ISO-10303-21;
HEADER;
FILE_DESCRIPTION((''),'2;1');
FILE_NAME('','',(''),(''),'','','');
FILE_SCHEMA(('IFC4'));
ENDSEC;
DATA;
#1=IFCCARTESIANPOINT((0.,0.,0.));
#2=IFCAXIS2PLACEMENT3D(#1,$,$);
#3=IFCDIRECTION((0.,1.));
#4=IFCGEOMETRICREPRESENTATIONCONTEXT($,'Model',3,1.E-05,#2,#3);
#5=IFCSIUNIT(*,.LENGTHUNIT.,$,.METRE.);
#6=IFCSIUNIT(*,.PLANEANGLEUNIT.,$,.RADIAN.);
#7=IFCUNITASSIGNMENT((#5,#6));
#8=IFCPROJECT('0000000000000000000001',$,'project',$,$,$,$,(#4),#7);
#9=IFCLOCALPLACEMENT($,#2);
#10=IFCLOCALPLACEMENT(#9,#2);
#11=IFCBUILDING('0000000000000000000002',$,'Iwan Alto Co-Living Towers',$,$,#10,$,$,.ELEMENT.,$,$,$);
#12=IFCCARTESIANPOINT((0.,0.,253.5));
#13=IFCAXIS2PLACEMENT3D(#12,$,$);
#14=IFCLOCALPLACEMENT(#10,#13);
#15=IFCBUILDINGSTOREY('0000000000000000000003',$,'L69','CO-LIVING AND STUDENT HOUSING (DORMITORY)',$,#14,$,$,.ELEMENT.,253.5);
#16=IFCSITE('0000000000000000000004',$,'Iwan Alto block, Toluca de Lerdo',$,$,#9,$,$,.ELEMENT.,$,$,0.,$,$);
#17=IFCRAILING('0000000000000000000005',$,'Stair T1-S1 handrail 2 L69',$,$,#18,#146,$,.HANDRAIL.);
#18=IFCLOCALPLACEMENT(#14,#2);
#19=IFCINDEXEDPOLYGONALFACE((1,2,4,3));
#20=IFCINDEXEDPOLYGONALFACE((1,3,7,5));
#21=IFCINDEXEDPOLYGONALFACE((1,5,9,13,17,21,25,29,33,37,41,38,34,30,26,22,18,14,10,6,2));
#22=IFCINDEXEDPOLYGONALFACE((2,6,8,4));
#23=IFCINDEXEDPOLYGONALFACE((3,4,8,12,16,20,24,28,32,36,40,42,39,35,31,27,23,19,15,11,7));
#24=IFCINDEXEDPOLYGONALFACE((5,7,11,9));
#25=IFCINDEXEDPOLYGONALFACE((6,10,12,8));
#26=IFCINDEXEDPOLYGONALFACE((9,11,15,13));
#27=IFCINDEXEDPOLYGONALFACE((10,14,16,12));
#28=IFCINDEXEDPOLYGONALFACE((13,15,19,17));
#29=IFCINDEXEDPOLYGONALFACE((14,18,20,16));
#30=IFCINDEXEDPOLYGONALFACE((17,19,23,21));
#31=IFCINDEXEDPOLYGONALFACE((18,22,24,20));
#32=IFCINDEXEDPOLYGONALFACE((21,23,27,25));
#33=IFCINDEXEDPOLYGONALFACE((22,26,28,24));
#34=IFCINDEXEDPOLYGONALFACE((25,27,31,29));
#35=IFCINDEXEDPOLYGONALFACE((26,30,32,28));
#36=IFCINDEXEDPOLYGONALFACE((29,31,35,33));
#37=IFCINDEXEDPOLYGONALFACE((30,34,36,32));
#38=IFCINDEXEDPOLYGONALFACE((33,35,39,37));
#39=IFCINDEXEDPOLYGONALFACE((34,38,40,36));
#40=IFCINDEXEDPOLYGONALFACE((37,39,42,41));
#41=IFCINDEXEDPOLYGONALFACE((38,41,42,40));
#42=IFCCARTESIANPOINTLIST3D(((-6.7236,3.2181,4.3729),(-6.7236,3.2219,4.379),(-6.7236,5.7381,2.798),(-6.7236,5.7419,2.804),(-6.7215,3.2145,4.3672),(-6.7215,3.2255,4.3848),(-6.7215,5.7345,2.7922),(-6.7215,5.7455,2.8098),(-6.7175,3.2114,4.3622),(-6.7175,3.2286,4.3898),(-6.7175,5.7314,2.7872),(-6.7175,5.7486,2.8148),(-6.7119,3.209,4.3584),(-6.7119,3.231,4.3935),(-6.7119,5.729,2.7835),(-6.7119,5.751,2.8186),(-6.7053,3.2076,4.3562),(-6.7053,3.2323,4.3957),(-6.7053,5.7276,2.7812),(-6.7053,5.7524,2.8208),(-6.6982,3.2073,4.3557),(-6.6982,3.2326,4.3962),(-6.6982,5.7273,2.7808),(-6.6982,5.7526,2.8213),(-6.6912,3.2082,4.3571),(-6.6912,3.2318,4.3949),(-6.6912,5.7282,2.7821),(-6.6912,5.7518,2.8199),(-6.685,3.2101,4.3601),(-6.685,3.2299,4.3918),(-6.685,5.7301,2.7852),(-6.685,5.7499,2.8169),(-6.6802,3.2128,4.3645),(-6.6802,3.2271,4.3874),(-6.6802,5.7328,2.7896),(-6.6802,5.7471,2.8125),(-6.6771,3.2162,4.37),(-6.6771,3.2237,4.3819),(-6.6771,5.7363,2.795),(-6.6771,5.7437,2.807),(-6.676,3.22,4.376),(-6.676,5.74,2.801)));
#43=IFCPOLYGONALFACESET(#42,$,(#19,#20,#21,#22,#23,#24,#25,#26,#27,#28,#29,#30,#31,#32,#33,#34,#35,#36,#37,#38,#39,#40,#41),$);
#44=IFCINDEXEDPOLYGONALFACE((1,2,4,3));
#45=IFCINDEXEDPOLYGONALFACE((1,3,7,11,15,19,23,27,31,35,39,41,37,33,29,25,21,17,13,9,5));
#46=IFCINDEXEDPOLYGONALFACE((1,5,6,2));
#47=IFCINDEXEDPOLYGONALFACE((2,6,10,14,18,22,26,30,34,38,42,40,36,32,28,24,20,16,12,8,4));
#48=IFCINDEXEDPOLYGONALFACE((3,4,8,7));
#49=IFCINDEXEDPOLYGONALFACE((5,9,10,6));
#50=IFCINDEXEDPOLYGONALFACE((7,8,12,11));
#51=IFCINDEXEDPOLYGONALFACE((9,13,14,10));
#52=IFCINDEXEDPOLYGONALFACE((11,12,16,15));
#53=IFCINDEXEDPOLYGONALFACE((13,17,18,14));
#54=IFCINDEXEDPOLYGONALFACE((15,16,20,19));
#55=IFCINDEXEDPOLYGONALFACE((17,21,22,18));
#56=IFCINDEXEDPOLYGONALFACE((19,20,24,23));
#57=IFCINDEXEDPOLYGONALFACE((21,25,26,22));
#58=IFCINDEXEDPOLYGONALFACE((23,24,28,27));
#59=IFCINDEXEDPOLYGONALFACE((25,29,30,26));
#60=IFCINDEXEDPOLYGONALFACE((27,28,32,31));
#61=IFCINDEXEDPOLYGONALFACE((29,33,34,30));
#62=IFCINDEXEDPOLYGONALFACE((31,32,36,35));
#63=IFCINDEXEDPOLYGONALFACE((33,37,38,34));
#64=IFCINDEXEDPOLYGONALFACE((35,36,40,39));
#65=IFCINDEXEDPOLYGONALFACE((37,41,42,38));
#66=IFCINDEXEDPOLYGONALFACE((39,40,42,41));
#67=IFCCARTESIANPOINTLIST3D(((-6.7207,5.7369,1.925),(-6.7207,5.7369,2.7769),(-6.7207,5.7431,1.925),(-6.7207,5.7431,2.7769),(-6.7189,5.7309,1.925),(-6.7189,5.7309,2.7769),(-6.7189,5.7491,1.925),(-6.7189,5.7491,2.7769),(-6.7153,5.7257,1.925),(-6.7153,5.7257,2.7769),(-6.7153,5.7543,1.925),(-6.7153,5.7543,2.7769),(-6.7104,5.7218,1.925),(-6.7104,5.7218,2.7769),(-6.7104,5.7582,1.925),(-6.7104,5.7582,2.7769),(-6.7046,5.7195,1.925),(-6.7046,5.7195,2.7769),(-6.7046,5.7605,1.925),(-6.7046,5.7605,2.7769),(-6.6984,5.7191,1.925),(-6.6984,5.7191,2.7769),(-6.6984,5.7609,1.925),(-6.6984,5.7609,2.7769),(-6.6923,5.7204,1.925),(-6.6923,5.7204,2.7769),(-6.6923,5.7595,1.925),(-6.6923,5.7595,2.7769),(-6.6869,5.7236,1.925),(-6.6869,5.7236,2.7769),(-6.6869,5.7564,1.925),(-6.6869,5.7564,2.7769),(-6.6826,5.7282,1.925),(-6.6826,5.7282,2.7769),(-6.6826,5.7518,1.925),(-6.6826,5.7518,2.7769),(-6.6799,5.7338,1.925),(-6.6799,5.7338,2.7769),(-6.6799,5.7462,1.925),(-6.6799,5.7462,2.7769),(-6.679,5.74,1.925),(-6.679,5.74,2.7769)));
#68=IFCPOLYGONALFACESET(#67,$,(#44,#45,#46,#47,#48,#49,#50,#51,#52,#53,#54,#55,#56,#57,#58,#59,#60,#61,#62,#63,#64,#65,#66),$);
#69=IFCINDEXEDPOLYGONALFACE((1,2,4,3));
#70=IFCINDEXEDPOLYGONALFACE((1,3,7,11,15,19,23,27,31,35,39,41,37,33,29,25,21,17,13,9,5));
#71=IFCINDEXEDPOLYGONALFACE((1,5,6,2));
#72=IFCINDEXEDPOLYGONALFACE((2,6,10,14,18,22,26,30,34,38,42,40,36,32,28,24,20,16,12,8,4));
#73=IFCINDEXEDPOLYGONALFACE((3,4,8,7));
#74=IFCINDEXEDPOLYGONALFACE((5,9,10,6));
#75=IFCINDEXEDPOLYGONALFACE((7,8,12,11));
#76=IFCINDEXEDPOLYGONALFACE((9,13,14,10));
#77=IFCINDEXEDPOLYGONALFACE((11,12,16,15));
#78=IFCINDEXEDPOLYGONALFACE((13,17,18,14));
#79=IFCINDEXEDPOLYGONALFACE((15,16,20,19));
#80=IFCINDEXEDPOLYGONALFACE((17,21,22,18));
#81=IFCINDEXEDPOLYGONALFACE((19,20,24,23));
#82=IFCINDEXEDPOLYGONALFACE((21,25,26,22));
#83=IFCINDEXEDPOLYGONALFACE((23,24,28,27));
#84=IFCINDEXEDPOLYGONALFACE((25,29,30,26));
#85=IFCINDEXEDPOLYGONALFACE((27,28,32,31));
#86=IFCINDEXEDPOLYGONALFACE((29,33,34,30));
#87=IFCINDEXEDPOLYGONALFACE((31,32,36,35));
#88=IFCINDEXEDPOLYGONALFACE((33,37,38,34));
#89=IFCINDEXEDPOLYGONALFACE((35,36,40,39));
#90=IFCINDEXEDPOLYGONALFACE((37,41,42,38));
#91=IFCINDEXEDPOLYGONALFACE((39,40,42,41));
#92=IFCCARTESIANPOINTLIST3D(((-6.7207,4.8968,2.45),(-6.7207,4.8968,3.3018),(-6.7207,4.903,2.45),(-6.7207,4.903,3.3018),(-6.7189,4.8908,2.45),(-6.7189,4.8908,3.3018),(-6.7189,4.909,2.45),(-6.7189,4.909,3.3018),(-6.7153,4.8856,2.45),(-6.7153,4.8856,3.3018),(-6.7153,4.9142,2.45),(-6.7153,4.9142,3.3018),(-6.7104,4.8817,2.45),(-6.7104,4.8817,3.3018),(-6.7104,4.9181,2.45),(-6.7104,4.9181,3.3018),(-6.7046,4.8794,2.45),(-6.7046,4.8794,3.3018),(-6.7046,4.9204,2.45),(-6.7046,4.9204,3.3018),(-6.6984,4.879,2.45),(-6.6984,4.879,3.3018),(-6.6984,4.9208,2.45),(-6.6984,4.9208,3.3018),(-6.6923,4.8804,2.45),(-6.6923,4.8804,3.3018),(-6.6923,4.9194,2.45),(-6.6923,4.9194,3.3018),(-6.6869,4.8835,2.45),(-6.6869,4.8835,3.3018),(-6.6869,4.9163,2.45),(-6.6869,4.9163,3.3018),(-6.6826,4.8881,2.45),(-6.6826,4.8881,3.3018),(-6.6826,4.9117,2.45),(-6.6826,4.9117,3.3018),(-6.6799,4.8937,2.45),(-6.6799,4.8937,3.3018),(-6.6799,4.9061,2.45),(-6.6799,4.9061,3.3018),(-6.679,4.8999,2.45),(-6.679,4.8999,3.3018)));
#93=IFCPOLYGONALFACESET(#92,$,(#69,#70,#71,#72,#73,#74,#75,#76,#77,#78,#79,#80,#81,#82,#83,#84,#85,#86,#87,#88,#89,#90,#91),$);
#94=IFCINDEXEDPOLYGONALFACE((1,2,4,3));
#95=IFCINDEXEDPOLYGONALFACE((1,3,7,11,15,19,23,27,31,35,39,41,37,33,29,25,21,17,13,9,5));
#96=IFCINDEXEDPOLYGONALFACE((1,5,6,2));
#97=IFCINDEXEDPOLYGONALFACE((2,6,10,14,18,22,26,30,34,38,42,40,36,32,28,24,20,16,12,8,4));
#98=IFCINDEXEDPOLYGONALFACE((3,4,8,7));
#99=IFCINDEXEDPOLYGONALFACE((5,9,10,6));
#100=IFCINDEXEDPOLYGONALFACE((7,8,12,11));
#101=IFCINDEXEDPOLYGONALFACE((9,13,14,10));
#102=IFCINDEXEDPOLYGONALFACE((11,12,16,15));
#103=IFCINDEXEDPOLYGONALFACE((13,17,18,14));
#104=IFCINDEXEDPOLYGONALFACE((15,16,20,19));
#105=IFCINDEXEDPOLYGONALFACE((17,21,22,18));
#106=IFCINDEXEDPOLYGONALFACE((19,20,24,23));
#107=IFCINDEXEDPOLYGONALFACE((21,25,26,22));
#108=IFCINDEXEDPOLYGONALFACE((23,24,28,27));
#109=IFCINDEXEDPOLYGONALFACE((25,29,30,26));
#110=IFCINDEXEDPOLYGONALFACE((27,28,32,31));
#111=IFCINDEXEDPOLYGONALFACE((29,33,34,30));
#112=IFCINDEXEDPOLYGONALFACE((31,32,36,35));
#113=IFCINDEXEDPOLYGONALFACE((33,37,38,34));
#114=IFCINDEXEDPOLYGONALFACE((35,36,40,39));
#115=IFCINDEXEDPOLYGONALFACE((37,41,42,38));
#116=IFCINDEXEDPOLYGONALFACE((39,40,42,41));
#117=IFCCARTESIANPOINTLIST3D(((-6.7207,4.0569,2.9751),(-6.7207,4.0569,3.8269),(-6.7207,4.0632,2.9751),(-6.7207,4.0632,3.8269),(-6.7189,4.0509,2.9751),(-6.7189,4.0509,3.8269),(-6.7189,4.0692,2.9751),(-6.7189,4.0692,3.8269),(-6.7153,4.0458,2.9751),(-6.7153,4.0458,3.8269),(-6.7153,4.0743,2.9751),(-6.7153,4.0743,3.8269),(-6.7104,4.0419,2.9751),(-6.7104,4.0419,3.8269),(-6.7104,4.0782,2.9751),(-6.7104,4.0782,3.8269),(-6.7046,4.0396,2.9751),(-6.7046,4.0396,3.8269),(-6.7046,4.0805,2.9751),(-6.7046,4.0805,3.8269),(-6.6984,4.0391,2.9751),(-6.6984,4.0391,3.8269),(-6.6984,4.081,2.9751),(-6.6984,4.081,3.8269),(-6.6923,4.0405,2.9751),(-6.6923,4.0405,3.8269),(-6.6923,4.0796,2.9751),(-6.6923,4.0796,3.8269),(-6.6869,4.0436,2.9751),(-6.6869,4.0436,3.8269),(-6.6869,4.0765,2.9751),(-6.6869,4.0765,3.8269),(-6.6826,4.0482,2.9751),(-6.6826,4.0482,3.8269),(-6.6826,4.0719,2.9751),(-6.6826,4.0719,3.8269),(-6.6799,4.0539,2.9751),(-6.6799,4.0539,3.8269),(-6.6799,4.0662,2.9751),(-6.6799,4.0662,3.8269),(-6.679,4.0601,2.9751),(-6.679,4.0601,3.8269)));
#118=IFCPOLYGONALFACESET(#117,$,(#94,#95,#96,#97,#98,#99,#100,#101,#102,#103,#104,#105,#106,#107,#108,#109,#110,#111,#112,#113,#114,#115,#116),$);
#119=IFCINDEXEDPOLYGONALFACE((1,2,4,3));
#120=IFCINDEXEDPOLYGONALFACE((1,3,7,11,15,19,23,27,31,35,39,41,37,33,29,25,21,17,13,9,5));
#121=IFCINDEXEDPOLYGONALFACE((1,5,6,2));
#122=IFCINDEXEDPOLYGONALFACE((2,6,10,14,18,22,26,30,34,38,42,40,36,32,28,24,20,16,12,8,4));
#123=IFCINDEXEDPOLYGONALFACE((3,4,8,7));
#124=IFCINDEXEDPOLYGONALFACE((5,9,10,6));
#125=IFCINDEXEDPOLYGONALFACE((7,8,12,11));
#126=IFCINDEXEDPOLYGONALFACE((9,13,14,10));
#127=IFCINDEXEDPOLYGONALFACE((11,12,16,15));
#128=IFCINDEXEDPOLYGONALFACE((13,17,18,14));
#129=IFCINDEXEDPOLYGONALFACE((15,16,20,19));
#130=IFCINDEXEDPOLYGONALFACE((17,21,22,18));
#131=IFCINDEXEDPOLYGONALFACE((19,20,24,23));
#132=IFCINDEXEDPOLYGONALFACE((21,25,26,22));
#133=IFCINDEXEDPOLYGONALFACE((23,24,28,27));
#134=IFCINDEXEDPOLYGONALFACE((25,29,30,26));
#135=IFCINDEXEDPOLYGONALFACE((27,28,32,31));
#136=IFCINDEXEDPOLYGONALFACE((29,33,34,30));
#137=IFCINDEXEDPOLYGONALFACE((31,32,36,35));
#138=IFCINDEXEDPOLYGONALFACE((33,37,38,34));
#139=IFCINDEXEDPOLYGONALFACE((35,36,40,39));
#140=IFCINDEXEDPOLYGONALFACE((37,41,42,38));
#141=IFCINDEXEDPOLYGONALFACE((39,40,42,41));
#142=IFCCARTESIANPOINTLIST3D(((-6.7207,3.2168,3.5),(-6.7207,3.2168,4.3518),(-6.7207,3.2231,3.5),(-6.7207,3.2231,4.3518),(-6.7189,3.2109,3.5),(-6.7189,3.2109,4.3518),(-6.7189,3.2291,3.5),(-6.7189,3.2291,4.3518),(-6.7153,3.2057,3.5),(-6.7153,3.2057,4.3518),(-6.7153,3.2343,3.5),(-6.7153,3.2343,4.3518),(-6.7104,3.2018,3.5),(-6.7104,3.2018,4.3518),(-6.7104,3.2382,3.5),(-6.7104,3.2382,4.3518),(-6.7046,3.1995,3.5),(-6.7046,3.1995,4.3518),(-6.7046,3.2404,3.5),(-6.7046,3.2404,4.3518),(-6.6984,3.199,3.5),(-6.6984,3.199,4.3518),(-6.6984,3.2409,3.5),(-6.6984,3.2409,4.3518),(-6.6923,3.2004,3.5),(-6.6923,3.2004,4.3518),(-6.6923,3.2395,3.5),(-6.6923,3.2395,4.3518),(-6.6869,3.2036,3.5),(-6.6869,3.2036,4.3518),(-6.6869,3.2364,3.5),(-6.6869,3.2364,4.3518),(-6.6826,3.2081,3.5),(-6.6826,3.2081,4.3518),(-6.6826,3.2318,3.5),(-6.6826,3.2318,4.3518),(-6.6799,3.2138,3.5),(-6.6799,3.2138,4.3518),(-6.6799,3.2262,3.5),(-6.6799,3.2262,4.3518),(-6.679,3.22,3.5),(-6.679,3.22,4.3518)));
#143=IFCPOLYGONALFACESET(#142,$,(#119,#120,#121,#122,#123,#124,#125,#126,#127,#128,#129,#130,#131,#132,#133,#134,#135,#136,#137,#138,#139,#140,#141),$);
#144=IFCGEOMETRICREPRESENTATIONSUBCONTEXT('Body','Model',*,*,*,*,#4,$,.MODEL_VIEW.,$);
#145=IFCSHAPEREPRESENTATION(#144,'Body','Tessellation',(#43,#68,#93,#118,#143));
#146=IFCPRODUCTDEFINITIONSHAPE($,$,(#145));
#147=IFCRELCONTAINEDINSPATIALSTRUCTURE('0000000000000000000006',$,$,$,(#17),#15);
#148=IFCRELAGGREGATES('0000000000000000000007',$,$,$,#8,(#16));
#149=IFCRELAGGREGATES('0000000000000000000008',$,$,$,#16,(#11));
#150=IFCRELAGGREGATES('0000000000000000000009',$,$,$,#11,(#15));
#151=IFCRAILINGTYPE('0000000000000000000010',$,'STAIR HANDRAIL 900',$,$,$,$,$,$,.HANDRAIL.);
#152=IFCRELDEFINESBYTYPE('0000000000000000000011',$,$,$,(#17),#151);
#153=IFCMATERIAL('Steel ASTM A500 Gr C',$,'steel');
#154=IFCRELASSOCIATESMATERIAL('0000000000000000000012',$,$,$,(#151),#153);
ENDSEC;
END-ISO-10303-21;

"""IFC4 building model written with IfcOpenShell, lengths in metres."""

from ifc_helpers import new_model, si_unit, direction, frame, origin, origin_2d, place, context, subcontext, project, spatial, circle, extrude, material, type_object, element, save


model = new_model("IFC4")

# Units and contexts
model_context = context("Model", 3, precision=1e-05, world=origin(), true_north=direction((0.0, 1.0)))
body_context = subcontext(model_context, "Body", "Model", "MODEL_VIEW")
ifc_project = project(units=[si_unit("LENGTHUNIT", "METRE"), si_unit("PLANEANGLEUNIT", "RADIAN")], contexts=[model_context])

# Site, building, storey
site_placement = place(None, origin())
site = spatial("IfcSite", under=ifc_project, at=site_placement, Name="Iwan Alto block, Toluca de Lerdo", CompositionType="ELEMENT", RefElevation=0.0)
building_placement = place(site_placement, origin())
building = spatial("IfcBuilding", under=site, at=building_placement, Name="Iwan Alto Co-Living Towers", CompositionType="ELEMENT")
storey_placement = place(building_placement, frame((0.0, 0.0, 253.5)))
storey = spatial("IfcBuildingStorey", under=building, at=storey_placement, Name="L69", Description="CO-LIVING AND STUDENT HOUSING (DORMITORY)", CompositionType="ELEMENT", Elevation=253.5)

# Railing
ifc_material_1 = material(Name="Steel ASTM A500 Gr C", Category="steel")
railing_type_1 = type_object("IfcRailingType", Name="STAIR HANDRAIL 900", PredefinedType="HANDRAIL", material=ifc_material_1)
railing_1_placement = place(storey_placement, frame((-6.7, 5.74, 1.925)))
element("IfcRailing", 1, at=railing_1_placement, inside=storey, type_object=railing_type_1, Name="Stair T1-S1 handrail 2 L69", PredefinedType="HANDRAIL", context=body_context, shape_type="SweptSolid", body=[
    extrude(circle(Radius=0.0239, at=origin_2d()), frame((0.0, 0.0, 0.876), z_axis=(0.0, -0.848008, 0.529984), x_axis=(1.0, 0.0, 0.0)), (0.0, 0.0, 1.0), 2.9717),
    extrude(circle(Radius=0.021, at=origin_2d()), origin(), (0.0, 0.0, 1.0), 0.8518),
    extrude(circle(Radius=0.021, at=origin_2d()), frame((0.0, -0.8401, 0.5249)), (0.0, 0.0, 1.0), 0.8518),
    extrude(circle(Radius=0.021, at=origin_2d()), frame((0.0, -1.6799, 1.05)), (0.0, 0.0, 1.0), 0.8518),
    extrude(circle(Radius=0.021, at=origin_2d()), frame((0.0, -2.52, 1.575)), (0.0, 0.0, 1.0), 0.8518),
])

save(model, "model.ifc")
